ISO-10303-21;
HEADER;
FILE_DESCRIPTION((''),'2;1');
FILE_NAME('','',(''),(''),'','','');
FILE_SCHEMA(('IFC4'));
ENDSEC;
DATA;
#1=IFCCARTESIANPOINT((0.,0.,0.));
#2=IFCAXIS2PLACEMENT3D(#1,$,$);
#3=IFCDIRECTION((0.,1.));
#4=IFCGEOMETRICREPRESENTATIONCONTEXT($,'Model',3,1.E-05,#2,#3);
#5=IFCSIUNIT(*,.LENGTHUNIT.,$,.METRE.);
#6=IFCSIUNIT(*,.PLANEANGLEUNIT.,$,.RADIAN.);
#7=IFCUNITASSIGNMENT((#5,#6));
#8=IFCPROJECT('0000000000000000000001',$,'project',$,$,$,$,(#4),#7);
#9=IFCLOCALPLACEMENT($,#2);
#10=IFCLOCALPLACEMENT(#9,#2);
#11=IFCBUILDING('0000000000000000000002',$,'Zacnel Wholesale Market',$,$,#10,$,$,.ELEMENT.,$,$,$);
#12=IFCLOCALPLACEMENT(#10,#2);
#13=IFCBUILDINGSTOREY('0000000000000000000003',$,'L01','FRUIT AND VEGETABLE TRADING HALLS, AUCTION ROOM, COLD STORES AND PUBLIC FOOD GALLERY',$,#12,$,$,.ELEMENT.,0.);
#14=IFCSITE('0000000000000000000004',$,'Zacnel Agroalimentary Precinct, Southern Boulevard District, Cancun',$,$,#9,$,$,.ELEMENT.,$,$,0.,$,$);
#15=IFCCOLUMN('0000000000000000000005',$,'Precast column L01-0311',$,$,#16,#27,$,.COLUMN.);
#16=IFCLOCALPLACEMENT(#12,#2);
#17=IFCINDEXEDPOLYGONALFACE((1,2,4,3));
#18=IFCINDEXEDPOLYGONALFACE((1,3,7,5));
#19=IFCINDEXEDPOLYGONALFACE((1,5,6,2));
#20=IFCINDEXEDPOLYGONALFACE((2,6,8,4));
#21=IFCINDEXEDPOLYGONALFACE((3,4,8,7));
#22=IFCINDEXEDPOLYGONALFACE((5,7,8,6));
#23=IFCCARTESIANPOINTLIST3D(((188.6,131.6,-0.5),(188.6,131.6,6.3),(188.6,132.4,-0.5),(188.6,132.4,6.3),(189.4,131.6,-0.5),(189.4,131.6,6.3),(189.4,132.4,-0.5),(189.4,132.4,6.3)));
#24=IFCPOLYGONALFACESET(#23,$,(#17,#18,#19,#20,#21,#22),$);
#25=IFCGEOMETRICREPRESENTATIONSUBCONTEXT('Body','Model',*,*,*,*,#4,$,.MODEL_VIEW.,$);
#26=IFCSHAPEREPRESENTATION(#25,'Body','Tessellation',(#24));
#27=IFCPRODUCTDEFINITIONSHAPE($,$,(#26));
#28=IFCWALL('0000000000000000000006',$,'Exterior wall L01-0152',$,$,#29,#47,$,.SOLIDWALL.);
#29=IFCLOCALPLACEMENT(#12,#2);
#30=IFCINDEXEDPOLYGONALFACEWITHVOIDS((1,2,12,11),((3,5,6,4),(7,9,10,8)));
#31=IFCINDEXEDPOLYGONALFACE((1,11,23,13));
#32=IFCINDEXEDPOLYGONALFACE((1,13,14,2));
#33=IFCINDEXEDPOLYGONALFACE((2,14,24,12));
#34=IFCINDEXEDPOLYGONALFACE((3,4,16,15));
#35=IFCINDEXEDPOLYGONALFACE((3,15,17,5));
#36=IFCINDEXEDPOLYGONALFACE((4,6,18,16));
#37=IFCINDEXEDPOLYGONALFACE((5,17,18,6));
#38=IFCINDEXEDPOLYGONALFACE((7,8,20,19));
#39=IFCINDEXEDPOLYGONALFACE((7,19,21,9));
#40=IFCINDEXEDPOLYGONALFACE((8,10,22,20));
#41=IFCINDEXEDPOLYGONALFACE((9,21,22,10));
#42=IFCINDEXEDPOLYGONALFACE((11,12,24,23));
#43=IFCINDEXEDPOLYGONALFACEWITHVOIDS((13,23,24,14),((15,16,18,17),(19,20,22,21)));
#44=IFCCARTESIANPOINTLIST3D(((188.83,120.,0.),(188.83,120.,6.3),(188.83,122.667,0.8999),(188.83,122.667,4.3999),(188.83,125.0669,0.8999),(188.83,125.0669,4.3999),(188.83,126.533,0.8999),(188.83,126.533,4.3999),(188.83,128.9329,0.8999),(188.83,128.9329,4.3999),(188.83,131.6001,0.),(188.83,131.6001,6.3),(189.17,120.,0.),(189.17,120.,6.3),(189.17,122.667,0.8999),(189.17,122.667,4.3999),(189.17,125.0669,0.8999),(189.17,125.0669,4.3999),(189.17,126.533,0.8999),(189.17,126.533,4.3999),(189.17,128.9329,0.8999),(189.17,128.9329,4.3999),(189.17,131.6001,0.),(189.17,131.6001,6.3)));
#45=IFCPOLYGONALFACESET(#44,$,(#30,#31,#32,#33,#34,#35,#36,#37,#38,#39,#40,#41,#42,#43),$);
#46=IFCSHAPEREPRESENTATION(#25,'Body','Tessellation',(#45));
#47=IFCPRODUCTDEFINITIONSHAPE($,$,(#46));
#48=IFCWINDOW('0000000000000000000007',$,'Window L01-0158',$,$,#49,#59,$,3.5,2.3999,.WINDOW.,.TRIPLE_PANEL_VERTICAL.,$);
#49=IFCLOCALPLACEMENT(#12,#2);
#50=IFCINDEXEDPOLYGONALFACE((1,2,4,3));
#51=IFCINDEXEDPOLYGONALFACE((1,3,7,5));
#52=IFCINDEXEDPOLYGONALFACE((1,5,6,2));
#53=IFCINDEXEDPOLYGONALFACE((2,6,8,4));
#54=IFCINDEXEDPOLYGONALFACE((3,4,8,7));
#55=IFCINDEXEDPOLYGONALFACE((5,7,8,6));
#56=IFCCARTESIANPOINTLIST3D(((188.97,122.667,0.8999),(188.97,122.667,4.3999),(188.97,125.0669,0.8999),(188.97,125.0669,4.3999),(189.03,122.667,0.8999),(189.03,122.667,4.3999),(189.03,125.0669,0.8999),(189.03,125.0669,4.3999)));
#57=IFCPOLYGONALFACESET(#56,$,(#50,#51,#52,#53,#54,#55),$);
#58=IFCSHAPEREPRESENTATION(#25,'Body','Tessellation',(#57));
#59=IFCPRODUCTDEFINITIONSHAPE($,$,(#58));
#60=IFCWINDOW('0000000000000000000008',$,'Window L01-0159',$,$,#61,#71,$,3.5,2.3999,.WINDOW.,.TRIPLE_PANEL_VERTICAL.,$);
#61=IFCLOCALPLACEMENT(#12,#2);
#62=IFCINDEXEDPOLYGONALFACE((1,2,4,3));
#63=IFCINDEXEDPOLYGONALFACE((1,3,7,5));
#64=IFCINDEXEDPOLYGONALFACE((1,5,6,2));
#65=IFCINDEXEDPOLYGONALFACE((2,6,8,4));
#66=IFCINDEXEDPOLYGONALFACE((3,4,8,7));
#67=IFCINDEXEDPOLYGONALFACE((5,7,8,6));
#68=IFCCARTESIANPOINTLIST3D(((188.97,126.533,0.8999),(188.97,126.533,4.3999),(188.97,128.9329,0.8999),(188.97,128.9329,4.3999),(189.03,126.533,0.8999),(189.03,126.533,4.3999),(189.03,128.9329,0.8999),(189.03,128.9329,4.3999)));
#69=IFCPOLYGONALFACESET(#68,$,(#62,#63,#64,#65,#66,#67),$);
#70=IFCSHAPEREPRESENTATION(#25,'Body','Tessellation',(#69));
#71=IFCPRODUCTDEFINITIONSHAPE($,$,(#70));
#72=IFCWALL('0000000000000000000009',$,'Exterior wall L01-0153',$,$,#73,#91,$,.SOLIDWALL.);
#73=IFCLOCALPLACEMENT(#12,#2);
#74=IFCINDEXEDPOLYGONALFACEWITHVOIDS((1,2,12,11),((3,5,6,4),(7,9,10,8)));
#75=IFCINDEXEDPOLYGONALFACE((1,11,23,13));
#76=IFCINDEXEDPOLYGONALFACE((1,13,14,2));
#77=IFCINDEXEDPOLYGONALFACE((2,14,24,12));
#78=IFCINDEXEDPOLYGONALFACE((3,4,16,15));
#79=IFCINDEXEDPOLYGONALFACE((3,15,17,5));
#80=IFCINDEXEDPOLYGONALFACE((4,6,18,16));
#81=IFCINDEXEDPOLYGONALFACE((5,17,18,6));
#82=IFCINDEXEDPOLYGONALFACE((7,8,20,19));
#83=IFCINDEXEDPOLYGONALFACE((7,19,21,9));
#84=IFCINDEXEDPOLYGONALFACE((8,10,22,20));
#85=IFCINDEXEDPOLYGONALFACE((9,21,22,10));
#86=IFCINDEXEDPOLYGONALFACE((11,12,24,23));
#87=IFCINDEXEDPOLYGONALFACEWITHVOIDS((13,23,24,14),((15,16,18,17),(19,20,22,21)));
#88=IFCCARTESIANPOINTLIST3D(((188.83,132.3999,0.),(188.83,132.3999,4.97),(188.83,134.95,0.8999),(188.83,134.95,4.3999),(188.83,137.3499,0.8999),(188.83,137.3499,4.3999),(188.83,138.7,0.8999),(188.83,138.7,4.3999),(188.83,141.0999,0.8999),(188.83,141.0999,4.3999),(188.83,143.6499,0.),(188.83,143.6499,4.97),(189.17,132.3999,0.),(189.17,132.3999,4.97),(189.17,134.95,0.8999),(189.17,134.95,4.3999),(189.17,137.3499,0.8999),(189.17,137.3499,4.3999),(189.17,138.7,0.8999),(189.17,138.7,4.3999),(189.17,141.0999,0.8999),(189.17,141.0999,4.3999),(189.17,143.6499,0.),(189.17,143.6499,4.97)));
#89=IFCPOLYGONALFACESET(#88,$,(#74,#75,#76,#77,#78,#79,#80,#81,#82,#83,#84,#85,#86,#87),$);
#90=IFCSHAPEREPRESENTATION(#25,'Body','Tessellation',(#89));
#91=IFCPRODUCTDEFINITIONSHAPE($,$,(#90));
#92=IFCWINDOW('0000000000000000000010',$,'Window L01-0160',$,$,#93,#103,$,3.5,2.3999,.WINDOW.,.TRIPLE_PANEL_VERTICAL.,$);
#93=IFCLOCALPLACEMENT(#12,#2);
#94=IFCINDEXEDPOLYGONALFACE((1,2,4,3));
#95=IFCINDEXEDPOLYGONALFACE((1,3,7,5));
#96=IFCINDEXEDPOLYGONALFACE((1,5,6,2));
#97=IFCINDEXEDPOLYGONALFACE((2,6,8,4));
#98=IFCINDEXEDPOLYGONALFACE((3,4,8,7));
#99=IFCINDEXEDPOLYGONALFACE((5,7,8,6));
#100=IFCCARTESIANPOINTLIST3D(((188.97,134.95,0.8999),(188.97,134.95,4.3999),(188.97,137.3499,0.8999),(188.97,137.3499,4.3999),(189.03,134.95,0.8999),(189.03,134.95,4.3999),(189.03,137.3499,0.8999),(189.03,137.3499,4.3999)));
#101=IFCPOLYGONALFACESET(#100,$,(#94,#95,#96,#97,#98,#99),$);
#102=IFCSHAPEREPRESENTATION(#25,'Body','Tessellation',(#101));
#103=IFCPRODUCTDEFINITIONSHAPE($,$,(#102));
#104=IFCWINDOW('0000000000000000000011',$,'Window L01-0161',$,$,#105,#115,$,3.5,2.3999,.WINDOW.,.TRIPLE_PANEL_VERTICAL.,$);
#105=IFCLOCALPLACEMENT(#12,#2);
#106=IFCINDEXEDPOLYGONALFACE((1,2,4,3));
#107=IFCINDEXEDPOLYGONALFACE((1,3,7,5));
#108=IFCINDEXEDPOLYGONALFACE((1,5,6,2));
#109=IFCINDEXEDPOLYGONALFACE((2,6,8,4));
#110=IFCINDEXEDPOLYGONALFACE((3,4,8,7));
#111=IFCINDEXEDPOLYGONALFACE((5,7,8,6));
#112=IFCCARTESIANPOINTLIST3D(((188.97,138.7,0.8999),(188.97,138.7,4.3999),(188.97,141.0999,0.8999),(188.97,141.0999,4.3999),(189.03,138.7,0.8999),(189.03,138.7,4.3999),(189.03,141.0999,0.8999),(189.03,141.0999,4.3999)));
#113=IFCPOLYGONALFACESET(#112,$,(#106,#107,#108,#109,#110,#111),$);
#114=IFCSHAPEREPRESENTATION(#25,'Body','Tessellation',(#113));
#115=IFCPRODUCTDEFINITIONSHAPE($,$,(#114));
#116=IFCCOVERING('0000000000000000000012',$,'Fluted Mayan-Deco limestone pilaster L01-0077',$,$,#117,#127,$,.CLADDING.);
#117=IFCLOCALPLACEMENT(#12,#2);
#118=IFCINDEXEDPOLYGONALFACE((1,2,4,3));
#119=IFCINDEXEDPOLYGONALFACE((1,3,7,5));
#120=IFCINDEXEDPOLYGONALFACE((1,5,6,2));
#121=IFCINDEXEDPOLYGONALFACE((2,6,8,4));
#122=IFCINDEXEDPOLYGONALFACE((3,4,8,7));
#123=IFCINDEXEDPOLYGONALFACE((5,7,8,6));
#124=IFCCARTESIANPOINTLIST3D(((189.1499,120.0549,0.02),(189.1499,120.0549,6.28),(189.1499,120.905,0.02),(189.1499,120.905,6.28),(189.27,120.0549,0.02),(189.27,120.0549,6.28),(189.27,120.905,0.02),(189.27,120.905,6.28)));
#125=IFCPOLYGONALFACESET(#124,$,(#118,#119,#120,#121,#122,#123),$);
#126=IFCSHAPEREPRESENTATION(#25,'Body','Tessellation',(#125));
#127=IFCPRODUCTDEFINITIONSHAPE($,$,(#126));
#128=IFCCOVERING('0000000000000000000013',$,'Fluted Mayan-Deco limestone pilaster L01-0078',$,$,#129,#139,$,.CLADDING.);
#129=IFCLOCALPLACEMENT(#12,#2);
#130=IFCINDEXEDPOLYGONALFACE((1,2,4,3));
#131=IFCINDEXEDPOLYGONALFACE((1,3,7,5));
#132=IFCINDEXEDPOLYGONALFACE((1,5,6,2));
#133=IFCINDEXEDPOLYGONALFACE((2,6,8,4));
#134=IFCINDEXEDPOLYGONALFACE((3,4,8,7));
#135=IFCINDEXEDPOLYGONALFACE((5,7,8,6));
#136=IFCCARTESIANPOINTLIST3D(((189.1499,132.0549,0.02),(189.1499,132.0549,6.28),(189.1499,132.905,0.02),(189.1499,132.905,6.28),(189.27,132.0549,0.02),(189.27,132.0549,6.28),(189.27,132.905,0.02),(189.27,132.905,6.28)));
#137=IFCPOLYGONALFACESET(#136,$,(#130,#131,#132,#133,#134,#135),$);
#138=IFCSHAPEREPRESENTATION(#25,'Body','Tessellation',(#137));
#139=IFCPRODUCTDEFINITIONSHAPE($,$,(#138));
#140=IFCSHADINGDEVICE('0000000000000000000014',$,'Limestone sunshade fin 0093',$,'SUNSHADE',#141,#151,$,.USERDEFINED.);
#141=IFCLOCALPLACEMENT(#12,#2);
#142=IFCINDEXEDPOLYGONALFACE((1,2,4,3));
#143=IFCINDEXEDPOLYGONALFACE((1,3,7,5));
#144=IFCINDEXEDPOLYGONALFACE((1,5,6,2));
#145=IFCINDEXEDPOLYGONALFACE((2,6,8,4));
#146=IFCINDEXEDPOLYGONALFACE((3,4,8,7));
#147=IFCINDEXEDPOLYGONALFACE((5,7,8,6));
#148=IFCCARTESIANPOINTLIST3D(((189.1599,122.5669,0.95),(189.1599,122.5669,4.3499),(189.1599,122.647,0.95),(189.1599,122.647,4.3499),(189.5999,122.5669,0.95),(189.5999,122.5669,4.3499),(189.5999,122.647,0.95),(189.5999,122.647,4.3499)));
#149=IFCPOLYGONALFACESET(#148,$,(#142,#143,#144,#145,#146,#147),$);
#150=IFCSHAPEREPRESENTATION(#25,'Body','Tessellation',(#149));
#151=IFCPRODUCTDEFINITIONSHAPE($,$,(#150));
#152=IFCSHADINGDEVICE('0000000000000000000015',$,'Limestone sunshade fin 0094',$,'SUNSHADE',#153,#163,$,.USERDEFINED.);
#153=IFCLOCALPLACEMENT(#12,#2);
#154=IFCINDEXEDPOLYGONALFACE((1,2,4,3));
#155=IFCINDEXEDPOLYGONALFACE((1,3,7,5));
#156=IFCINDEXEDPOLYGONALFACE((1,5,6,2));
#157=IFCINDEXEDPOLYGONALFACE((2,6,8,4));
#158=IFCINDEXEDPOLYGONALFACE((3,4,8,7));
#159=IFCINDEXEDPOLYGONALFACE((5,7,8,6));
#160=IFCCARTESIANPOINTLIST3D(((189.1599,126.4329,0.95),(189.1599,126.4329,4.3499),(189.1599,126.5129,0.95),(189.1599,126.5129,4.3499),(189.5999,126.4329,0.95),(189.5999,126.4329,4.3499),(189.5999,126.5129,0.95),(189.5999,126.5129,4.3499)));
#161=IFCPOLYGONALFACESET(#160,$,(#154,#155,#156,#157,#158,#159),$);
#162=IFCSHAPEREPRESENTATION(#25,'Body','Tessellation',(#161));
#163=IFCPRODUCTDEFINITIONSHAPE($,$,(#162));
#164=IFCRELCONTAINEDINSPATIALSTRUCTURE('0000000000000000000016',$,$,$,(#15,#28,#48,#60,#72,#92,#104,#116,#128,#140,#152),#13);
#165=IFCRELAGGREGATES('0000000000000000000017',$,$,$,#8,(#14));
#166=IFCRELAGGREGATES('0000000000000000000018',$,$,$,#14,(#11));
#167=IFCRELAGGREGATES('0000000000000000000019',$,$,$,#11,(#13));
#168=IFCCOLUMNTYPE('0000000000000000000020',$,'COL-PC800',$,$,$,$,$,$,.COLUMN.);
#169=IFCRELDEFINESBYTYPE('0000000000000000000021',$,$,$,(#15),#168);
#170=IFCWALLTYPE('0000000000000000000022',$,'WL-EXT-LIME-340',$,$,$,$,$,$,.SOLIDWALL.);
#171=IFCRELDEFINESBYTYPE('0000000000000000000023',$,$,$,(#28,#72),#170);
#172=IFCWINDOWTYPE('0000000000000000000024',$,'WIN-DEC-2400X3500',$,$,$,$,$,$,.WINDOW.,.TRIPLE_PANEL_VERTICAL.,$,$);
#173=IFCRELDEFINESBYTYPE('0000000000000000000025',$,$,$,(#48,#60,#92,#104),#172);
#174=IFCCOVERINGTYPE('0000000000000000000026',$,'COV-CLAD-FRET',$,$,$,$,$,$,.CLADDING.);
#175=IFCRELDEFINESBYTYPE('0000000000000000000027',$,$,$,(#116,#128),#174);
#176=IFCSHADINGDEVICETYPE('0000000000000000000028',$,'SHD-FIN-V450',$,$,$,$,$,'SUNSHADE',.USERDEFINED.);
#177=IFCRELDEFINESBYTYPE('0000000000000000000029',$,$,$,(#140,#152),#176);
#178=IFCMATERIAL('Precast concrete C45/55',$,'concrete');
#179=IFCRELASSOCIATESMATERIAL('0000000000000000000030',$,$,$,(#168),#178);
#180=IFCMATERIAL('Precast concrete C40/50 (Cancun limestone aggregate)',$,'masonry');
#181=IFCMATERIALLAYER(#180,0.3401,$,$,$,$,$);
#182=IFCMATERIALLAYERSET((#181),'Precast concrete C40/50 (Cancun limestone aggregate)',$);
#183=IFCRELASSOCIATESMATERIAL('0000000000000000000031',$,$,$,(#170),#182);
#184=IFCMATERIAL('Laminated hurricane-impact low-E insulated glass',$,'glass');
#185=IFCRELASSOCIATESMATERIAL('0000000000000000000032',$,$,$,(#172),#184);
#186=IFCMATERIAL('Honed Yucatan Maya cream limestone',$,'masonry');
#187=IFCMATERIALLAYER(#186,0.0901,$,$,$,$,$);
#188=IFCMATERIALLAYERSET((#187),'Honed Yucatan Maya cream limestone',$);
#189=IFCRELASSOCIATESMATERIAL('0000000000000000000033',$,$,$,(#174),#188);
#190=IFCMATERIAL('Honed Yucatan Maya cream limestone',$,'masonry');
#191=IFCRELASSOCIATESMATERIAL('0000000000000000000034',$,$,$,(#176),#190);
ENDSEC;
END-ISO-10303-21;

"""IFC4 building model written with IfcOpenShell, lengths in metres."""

from ifc_helpers import new_model, si_unit, direction, frame, frame_2d, origin, origin_2d, place, context, subcontext, project, spatial, rectangle, extrude, material, layer, layer_set, material_profile, profile_set, type_object, element, fill, save


model = new_model("IFC4")

# Units and contexts
model_context = context("Model", 3, precision=1e-05, world=origin(), true_north=direction((0.0, 1.0)))
body_context = subcontext(model_context, "Body", "Model", "MODEL_VIEW")
ifc_project = project(units=[si_unit("LENGTHUNIT", "METRE"), si_unit("PLANEANGLEUNIT", "RADIAN")], contexts=[model_context])

# Site, building, storey
site_placement = place(None, origin())
site = spatial("IfcSite", under=ifc_project, at=site_placement, Name="Zacnel Agroalimentary Precinct, Southern Boulevard District, Cancun", CompositionType="ELEMENT", RefElevation=0.0)
building_placement = place(site_placement, origin())
building = spatial("IfcBuilding", under=site, at=building_placement, Name="Zacnel Wholesale Market", CompositionType="ELEMENT")
storey_placement = place(building_placement, origin())
storey = spatial("IfcBuildingStorey", under=building, at=storey_placement, Name="L01", Description="FRUIT AND VEGETABLE TRADING HALLS, AUCTION ROOM, COLD STORES AND PUBLIC FOOD GALLERY", CompositionType="ELEMENT", Elevation=0.0)

# Column
ifc_material_1 = material(Name="Precast concrete C45/55", Category="concrete")
ifc_material_profile_1 = material_profile(ifc_material_1, rectangle(XDim=0.8, YDim=0.8, at=origin_2d()), Name="PC 800x800")
ifc_profile_set_1 = profile_set([ifc_material_profile_1], Name="Precast concrete C45/55")
column_type = type_object("IfcColumnType", Name="COL-PC800", PredefinedType="COLUMN", material=ifc_profile_set_1)
for number, where, z_axis, x_axis, name in (
    (1, (189.0, 132.0, -0.5), (0.0, 0.0, 1.0), (1.0, 0.0, 0.0), "Precast column L01-0311"),
):
    element("IfcColumn", number, at=place(storey_placement, frame(where, z_axis=z_axis, x_axis=x_axis)), inside=storey, type_object=column_type, Name=name, PredefinedType="COLUMN", context=body_context, shape_type="SweptSolid", body=[
        extrude(rectangle(XDim=0.8, YDim=0.8, at=origin_2d()), origin(), (0.0, 0.0, 1.0), 6.8),
    ])

# Walls, openings, windows
ifc_material_2 = material(Name="Precast concrete C40/50 (Cancun limestone aggregate)", Category="masonry")
ifc_layer_1 = layer(ifc_material_2, 0.3401)
ifc_layer_set_1 = layer_set([ifc_layer_1], Name="Precast concrete C40/50 (Cancun limestone aggregate)")
wall_type = type_object("IfcWallType", Name="WL-EXT-LIME-340", PredefinedType="SOLIDWALL", material=ifc_layer_set_1)
wall_1_placement = place(storey_placement, frame((189.0, 120.0, 0.0), z_axis=(0.0, 0.0, 1.0), x_axis=(0.0, 1.0, 0.0)))
wall_1 = element("IfcWall", 2, at=wall_1_placement, inside=storey, type_object=wall_type, Name="Exterior wall L01-0152", PredefinedType="SOLIDWALL", context=body_context, shape_type="SweptSolid", body=[
    extrude(rectangle(XDim=11.6001, YDim=0.3401, at=frame_2d((5.8, 0.0))), origin(), (0.0, 0.0, 1.0), 6.3),
])
opening_1_placement = place(wall_1_placement, frame((2.667, 0.0, 0.8999)))
opening_1 = element("IfcOpeningElement", 3, at=opening_1_placement, cuts=wall_1, PredefinedType="OPENING", context=body_context, shape_type="SweptSolid", body=[
    extrude(rectangle(XDim=2.3999, YDim=3.5, at=frame_2d((1.2, 1.75))), frame((0.0, 0.1799, 0.0), z_axis=(0.0, -1.0, 0.0), x_axis=(1.0, 0.0, 0.0)), (0.0, 0.0, 1.0), 0.3601),
])
opening_2_placement = place(wall_1_placement, frame((6.533, 0.0, 0.8999)))
opening_2 = element("IfcOpeningElement", 4, at=opening_2_placement, cuts=wall_1, PredefinedType="OPENING", context=body_context, shape_type="SweptSolid", body=[
    extrude(rectangle(XDim=2.3999, YDim=3.5, at=frame_2d((1.2, 1.75))), frame((0.0, 0.1799, 0.0), z_axis=(0.0, -1.0, 0.0), x_axis=(1.0, 0.0, 0.0)), (0.0, 0.0, 1.0), 0.3601),
])
ifc_material_3 = material(Name="Laminated hurricane-impact low-E insulated glass", Category="glass")
window_type = type_object("IfcWindowType", Name="WIN-DEC-2400X3500", PartitioningType="TRIPLE_PANEL_VERTICAL", PredefinedType="WINDOW", material=ifc_material_3)
window_1_placement = place(opening_1_placement, origin())
window_1 = element("IfcWindow", 5, at=window_1_placement, inside=storey, type_object=window_type, Name="Window L01-0158", OverallHeight=3.5, OverallWidth=2.3999, PartitioningType="TRIPLE_PANEL_VERTICAL", PredefinedType="WINDOW", context=body_context, shape_type="SweptSolid", body=[
    extrude(rectangle(XDim=2.3999, YDim=3.5, at=frame_2d((1.2, 1.75))), frame((0.0, 0.03, 0.0), z_axis=(0.0, -1.0, 0.0), x_axis=(1.0, 0.0, 0.0)), (0.0, 0.0, 1.0), 0.0601),
])
fill(opening_1, window_1)
window_2_placement = place(opening_2_placement, origin())
window_2 = element("IfcWindow", 6, at=window_2_placement, inside=storey, type_object=window_type, Name="Window L01-0159", OverallHeight=3.5, OverallWidth=2.3999, PartitioningType="TRIPLE_PANEL_VERTICAL", PredefinedType="WINDOW", context=body_context, shape_type="SweptSolid", body=[
    extrude(rectangle(XDim=2.3999, YDim=3.5, at=frame_2d((1.2, 1.75))), frame((0.0, 0.03, 0.0), z_axis=(0.0, -1.0, 0.0), x_axis=(1.0, 0.0, 0.0)), (0.0, 0.0, 1.0), 0.0601),
])
fill(opening_2, window_2)
wall_2_placement = place(storey_placement, frame((189.0, 132.3999, 0.0), z_axis=(0.0, 0.0, 1.0), x_axis=(0.0, 1.0, 0.0)))
wall_2 = element("IfcWall", 7, at=wall_2_placement, inside=storey, type_object=wall_type, Name="Exterior wall L01-0153", PredefinedType="SOLIDWALL", context=body_context, shape_type="SweptSolid", body=[
    extrude(rectangle(XDim=11.25, YDim=0.3401, at=frame_2d((5.625, 0.0))), origin(), (0.0, 0.0, 1.0), 4.97),
])
opening_3_placement = place(wall_2_placement, frame((2.55, 0.0, 0.8999)))
opening_3 = element("IfcOpeningElement", 8, at=opening_3_placement, cuts=wall_2, PredefinedType="OPENING", context=body_context, shape_type="SweptSolid", body=[
    extrude(rectangle(XDim=2.3999, YDim=3.5, at=frame_2d((1.2, 1.75))), frame((0.0, 0.1799, 0.0), z_axis=(0.0, -1.0, 0.0), x_axis=(1.0, 0.0, 0.0)), (0.0, 0.0, 1.0), 0.3601),
])
opening_4_placement = place(wall_2_placement, frame((6.3, 0.0, 0.8999)))
opening_4 = element("IfcOpeningElement", 9, at=opening_4_placement, cuts=wall_2, PredefinedType="OPENING", context=body_context, shape_type="SweptSolid", body=[
    extrude(rectangle(XDim=2.3999, YDim=3.5, at=frame_2d((1.2, 1.75))), frame((0.0, 0.1799, 0.0), z_axis=(0.0, -1.0, 0.0), x_axis=(1.0, 0.0, 0.0)), (0.0, 0.0, 1.0), 0.3601),
])
window_3_placement = place(opening_3_placement, origin())
window_3 = element("IfcWindow", 10, at=window_3_placement, inside=storey, type_object=window_type, Name="Window L01-0160", OverallHeight=3.5, OverallWidth=2.3999, PartitioningType="TRIPLE_PANEL_VERTICAL", PredefinedType="WINDOW", context=body_context, shape_type="SweptSolid", body=[
    extrude(rectangle(XDim=2.3999, YDim=3.5, at=frame_2d((1.2, 1.75))), frame((0.0, 0.03, 0.0), z_axis=(0.0, -1.0, 0.0), x_axis=(1.0, 0.0, 0.0)), (0.0, 0.0, 1.0), 0.0601),
])
fill(opening_3, window_3)
window_4_placement = place(opening_4_placement, origin())
window_4 = element("IfcWindow", 11, at=window_4_placement, inside=storey, type_object=window_type, Name="Window L01-0161", OverallHeight=3.5, OverallWidth=2.3999, PartitioningType="TRIPLE_PANEL_VERTICAL", PredefinedType="WINDOW", context=body_context, shape_type="SweptSolid", body=[
    extrude(rectangle(XDim=2.3999, YDim=3.5, at=frame_2d((1.2, 1.75))), frame((0.0, 0.03, 0.0), z_axis=(0.0, -1.0, 0.0), x_axis=(1.0, 0.0, 0.0)), (0.0, 0.0, 1.0), 0.0601),
])
fill(opening_4, window_4)

# Coverings
ifc_material_4 = material(Name="Honed Yucatan Maya cream limestone", Category="masonry")
ifc_layer_2 = layer(ifc_material_4, 0.0901)
ifc_layer_set_2 = layer_set([ifc_layer_2], Name="Honed Yucatan Maya cream limestone")
covering_type = type_object("IfcCoveringType", Name="COV-CLAD-FRET", PredefinedType="CLADDING", material=ifc_layer_set_2)
for number, where, z_axis, x_axis, name in (
    (12, (189.21, 120.48, 0.02), (0.0, 0.0, 1.0), (0.0, 1.0, 0.0), "Fluted Mayan-Deco limestone pilaster L01-0077"),
    (13, (189.21, 132.48, 0.02), (0.0, 0.0, 1.0), (0.0, 1.0, 0.0), "Fluted Mayan-Deco limestone pilaster L01-0078"),
):
    element("IfcCovering", number, at=place(storey_placement, frame(where, z_axis=z_axis, x_axis=x_axis)), inside=storey, type_object=covering_type, Name=name, PredefinedType="CLADDING", context=body_context, shape_type="SweptSolid", body=[
        extrude(rectangle(XDim=0.8501, YDim=0.1201, at=origin_2d()), origin(), (0.0, 0.0, 1.0), 6.26),
    ])

# Shading devices
ifc_material_5 = material(Name="Honed Yucatan Maya cream limestone", Category="masonry")
shading_device_type = type_object("IfcShadingDeviceType", Name="SHD-FIN-V450", ElementType="SUNSHADE", PredefinedType="USERDEFINED", material=ifc_material_5)
for number, where, z_axis, x_axis, name in (
    (14, (189.3799, 122.6069, 0.95), (0.0, 0.0, 1.0), (0.0, 1.0, 0.0), "Limestone sunshade fin 0093"),
    (15, (189.3799, 126.4729, 0.95), (0.0, 0.0, 1.0), (0.0, 1.0, 0.0), "Limestone sunshade fin 0094"),
):
    element("IfcShadingDevice", number, at=place(storey_placement, frame(where, z_axis=z_axis, x_axis=x_axis)), inside=storey, type_object=shading_device_type, Name=name, ObjectType="SUNSHADE", PredefinedType="USERDEFINED", context=body_context, shape_type="SweptSolid", body=[
        extrude(rectangle(XDim=0.0801, YDim=0.4399, at=origin_2d()), origin(), (0.0, 0.0, 1.0), 3.3999),
    ])

save(model, "model.ifc")
